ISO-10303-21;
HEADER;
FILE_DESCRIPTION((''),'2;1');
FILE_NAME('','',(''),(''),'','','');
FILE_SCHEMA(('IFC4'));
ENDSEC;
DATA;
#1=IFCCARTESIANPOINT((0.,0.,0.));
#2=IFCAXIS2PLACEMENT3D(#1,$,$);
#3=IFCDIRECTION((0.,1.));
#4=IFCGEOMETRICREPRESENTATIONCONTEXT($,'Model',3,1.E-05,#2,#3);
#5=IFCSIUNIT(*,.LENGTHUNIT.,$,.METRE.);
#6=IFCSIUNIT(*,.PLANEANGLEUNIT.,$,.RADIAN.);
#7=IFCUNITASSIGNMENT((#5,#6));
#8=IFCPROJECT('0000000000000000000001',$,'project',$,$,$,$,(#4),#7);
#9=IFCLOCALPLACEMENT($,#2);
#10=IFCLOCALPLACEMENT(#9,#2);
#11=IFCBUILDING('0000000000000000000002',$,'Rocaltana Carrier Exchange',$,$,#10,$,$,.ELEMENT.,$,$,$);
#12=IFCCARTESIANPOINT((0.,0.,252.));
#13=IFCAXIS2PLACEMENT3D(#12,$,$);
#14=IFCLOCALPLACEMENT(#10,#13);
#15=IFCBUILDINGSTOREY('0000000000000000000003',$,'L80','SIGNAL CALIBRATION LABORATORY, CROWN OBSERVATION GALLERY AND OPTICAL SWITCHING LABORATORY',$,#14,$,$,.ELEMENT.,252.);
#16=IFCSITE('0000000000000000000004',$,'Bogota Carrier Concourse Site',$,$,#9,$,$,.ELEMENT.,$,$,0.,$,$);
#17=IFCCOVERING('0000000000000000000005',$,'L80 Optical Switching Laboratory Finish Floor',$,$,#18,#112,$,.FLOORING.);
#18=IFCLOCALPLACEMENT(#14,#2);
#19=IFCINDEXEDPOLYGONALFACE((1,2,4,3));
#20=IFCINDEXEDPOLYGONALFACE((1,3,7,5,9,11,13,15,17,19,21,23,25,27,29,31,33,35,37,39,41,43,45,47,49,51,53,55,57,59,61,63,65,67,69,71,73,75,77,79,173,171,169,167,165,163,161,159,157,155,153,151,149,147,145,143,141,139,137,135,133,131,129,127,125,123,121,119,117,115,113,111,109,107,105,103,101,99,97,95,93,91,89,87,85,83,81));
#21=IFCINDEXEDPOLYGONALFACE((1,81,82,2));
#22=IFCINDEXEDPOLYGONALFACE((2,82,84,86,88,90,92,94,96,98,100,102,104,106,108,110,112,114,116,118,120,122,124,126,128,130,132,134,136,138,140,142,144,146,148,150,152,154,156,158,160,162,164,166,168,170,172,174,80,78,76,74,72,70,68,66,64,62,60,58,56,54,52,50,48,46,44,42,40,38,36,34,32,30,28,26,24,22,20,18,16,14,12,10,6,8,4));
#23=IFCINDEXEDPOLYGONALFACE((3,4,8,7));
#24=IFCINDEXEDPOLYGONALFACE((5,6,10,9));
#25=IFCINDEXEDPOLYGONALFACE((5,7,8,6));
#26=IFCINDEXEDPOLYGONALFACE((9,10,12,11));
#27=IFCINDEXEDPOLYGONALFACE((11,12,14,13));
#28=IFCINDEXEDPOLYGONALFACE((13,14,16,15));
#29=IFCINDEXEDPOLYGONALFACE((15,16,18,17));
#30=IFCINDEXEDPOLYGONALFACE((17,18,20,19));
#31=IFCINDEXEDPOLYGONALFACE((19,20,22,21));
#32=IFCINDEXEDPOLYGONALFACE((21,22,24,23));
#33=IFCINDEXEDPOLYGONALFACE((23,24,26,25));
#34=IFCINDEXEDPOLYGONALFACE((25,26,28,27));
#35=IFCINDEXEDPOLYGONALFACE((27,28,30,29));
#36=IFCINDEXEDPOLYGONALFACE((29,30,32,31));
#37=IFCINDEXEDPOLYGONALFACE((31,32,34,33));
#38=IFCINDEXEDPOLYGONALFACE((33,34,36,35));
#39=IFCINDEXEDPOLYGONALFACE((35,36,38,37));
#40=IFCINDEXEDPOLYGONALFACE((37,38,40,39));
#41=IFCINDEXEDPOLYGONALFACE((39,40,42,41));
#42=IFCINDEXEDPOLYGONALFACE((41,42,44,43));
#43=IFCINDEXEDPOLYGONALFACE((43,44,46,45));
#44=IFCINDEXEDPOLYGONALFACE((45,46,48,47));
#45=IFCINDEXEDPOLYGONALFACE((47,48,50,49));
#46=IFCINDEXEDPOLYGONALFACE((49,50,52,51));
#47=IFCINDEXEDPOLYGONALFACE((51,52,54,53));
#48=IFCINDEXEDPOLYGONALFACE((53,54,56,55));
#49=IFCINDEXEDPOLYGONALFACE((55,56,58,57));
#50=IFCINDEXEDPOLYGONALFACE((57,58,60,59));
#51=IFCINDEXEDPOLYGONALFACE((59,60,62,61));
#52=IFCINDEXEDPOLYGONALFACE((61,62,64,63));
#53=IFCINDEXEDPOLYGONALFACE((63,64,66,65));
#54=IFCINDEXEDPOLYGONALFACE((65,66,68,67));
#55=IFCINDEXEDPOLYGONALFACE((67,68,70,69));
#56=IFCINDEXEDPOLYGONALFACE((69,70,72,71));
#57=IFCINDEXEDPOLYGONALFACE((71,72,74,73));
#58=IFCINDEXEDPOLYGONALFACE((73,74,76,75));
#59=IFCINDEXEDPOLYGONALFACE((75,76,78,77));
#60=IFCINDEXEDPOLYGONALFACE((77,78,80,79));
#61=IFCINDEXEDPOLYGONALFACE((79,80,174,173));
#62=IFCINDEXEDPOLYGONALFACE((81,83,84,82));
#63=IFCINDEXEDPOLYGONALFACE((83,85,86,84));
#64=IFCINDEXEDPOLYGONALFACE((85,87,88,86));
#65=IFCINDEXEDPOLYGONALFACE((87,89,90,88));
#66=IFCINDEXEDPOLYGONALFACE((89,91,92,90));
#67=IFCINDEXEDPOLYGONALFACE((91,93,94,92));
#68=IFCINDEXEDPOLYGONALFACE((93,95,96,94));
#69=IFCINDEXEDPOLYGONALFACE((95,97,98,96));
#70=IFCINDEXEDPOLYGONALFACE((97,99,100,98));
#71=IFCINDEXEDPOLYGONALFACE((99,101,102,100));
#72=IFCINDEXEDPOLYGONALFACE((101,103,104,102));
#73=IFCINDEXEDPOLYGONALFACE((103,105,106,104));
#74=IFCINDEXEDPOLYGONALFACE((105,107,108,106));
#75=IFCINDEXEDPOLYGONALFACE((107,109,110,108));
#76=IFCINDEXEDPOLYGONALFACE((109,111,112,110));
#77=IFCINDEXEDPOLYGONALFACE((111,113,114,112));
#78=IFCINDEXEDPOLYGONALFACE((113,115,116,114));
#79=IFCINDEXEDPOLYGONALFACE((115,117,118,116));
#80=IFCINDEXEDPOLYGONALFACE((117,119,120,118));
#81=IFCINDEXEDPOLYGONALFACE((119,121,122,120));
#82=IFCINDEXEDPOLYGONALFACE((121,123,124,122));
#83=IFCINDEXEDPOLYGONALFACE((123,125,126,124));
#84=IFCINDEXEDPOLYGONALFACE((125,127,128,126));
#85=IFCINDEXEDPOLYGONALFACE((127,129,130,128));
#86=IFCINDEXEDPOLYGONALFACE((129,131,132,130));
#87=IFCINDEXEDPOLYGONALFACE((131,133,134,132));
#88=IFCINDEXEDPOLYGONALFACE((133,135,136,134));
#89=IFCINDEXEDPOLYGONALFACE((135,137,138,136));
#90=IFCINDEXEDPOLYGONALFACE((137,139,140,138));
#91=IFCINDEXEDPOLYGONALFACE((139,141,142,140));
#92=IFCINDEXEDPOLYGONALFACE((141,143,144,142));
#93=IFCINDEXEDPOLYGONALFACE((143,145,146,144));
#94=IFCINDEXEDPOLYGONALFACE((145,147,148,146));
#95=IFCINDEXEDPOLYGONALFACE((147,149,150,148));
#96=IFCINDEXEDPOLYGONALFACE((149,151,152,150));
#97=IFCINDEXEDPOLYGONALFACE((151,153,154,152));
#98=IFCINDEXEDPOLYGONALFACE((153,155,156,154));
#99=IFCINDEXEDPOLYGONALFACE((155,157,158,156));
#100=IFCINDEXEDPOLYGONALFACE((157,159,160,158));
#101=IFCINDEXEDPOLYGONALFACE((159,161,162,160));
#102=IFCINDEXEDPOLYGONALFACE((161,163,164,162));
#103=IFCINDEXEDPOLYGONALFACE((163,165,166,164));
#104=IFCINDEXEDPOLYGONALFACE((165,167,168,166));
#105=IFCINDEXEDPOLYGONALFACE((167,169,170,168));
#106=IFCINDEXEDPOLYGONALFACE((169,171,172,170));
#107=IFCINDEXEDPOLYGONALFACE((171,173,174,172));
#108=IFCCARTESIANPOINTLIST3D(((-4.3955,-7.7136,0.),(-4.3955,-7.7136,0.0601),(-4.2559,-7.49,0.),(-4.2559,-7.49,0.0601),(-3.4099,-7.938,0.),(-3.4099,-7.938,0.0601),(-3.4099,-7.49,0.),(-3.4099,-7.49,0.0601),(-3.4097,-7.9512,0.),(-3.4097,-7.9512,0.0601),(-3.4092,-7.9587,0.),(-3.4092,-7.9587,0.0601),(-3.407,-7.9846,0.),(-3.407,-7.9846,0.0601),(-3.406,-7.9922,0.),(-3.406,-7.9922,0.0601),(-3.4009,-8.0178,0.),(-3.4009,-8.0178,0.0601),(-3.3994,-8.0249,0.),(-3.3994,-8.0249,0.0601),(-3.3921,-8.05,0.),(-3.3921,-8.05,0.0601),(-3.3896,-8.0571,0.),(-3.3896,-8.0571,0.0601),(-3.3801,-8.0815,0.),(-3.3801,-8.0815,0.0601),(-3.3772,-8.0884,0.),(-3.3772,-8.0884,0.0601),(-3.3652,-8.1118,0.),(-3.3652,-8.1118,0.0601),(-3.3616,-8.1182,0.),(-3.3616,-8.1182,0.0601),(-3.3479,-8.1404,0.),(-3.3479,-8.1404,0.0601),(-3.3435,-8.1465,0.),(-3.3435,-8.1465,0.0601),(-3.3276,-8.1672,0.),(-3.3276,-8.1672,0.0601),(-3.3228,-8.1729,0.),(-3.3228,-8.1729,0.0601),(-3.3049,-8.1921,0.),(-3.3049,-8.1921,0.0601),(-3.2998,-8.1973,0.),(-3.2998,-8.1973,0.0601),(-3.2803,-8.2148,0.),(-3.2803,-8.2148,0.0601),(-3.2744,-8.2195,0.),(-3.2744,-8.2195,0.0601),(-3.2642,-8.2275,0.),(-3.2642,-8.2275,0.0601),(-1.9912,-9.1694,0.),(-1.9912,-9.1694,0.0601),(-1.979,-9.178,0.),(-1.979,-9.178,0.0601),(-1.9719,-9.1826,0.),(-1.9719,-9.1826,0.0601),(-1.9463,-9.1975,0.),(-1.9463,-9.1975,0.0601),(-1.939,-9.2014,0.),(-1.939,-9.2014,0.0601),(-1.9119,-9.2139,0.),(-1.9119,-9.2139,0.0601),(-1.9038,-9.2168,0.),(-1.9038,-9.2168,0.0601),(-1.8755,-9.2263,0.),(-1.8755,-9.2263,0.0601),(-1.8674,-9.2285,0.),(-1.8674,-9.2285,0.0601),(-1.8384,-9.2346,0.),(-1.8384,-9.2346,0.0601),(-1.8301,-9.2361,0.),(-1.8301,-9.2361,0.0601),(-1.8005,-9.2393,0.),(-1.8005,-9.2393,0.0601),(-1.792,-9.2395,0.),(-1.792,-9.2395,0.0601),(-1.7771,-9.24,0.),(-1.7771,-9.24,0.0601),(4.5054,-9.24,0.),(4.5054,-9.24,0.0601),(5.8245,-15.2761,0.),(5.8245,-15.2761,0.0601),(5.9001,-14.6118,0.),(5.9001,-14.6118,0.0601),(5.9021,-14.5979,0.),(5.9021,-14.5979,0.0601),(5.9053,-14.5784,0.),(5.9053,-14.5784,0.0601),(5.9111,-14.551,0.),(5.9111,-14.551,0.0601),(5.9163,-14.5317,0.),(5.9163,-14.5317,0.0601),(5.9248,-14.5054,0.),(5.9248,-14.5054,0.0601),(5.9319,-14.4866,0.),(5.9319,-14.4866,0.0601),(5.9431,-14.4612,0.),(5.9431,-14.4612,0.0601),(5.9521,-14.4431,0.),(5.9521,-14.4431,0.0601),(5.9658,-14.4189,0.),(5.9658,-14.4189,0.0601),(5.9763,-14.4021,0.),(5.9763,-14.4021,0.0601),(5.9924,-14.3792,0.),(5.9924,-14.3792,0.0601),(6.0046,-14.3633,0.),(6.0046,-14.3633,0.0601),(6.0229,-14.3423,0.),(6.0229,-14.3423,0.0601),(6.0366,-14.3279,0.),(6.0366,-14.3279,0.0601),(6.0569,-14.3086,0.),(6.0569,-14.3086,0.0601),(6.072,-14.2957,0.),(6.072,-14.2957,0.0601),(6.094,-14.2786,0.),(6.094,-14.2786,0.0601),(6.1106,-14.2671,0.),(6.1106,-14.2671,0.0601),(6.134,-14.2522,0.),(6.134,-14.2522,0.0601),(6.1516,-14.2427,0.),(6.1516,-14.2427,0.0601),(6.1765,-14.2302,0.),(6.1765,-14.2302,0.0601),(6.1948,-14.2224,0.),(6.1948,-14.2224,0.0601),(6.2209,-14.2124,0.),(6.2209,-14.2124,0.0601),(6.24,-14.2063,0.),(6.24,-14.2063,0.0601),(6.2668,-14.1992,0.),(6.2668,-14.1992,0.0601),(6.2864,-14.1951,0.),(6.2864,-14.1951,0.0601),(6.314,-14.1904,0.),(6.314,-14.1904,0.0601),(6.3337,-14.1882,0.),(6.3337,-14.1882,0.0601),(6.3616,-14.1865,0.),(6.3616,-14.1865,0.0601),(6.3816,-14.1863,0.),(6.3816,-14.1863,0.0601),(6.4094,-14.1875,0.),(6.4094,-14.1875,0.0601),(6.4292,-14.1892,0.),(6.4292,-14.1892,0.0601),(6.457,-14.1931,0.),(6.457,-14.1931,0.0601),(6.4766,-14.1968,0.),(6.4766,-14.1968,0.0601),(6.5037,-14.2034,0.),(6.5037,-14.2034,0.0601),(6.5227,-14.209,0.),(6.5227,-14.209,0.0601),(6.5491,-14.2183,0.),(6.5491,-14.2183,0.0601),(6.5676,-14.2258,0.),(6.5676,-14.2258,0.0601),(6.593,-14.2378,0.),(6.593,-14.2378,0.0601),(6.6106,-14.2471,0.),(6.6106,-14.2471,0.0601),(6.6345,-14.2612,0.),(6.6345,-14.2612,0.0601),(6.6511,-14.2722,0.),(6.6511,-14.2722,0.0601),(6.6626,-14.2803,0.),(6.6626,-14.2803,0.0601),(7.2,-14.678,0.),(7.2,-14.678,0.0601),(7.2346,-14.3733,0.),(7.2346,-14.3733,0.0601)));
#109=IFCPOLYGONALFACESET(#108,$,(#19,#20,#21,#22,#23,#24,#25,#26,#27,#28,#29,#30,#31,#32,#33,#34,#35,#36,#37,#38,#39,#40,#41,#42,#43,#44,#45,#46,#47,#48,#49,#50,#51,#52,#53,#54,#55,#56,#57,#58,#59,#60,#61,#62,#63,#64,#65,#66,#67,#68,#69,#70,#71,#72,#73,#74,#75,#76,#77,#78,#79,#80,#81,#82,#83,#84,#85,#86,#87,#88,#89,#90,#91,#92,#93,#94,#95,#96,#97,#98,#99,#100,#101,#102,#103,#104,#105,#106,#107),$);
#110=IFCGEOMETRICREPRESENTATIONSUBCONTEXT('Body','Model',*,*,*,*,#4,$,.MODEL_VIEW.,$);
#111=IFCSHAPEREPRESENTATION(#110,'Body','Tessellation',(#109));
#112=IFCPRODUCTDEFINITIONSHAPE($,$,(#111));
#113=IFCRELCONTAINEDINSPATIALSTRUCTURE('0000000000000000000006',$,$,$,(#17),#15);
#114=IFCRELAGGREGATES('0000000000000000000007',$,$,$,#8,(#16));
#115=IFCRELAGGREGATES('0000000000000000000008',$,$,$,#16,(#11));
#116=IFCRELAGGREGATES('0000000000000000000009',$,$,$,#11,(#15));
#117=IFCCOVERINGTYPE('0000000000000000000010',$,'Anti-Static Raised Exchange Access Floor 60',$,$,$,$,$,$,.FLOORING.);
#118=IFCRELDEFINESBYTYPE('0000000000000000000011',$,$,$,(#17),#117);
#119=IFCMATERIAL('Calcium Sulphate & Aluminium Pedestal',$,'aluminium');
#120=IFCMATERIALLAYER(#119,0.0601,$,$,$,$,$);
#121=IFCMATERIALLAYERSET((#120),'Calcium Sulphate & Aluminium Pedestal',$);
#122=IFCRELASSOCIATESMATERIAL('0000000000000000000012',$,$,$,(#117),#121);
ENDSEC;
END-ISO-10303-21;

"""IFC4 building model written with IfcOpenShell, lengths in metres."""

from ifc_helpers import new_model, si_unit, direction, frame, origin, place, context, subcontext, project, spatial, polyline, outline, extrude, material, layer, layer_set, type_object, element, save


model = new_model("IFC4")

# Units and contexts
model_context = context("Model", 3, precision=1e-05, world=origin(), true_north=direction((0.0, 1.0)))
body_context = subcontext(model_context, "Body", "Model", "MODEL_VIEW")
ifc_project = project(units=[si_unit("LENGTHUNIT", "METRE"), si_unit("PLANEANGLEUNIT", "RADIAN")], contexts=[model_context])

# Site, building, storey
site_placement = place(None, origin())
site = spatial("IfcSite", under=ifc_project, at=site_placement, Name="Bogota Carrier Concourse Site", CompositionType="ELEMENT", RefElevation=0.0)
building_placement = place(site_placement, origin())
building = spatial("IfcBuilding", under=site, at=building_placement, Name="Rocaltana Carrier Exchange", CompositionType="ELEMENT")
storey_placement = place(building_placement, frame((0.0, 0.0, 252.0)))
storey = spatial("IfcBuildingStorey", under=building, at=storey_placement, Name="L80", Description="SIGNAL CALIBRATION LABORATORY, CROWN OBSERVATION GALLERY AND OPTICAL SWITCHING LABORATORY", CompositionType="ELEMENT", Elevation=252.0)

# Covering
ifc_material_1 = material(Name="Calcium Sulphate & Aluminium Pedestal", Category="aluminium")
ifc_layer_1 = layer(ifc_material_1, 0.0601)
ifc_layer_set_1 = layer_set([ifc_layer_1], Name="Calcium Sulphate & Aluminium Pedestal")
covering_type_1 = type_object("IfcCoveringType", Name="Anti-Static Raised Exchange Access Floor 60", PredefinedType="FLOORING", material=ifc_layer_set_1)
covering_1_placement = place(storey_placement, origin())
element("IfcCovering", 1, at=covering_1_placement, inside=storey, type_object=covering_type_1, Name="L80 Optical Switching Laboratory Finish Floor", PredefinedType="FLOORING", context=body_context, shape_type="SweptSolid", body=[
    extrude(outline(polyline([(-3.4099, -7.49), (-3.4099, -7.938), (-3.4097, -7.9512), (-3.4092, -7.9587), (-3.407, -7.9846), (-3.406, -7.9922), (-3.4009, -8.0178), (-3.3994, -8.0249), (-3.3921, -8.05), (-3.3896, -8.0571), (-3.3801, -8.0815), (-3.3772, -8.0884), (-3.3652, -8.1118), (-3.3616, -8.1182), (-3.3479, -8.1404), (-3.3435, -8.1465), (-3.3276, -8.1672), (-3.3228, -8.1729), (-3.3049, -8.1921), (-3.2998, -8.1973), (-3.2803, -8.2148), (-3.2744, -8.2195), (-3.2642, -8.2275), (-1.9912, -9.1694), (-1.979, -9.178), (-1.9719, -9.1826), (-1.9463, -9.1975), (-1.939, -9.2014), (-1.9119, -9.2139), (-1.9038, -9.2168), (-1.8755, -9.2263), (-1.8674, -9.2285), (-1.8384, -9.2346), (-1.8301, -9.2361), (-1.8005, -9.2393), (-1.792, -9.2395), (-1.7771, -9.24), (4.5054, -9.24), (7.2346, -14.3733), (7.2, -14.678), (6.6626, -14.2803), (6.6511, -14.2722), (6.6345, -14.2612), (6.6106, -14.2471), (6.593, -14.2378), (6.5676, -14.2258), (6.5491, -14.2183), (6.5227, -14.209), (6.5037, -14.2034), (6.4766, -14.1968), (6.457, -14.1931), (6.4292, -14.1892), (6.4094, -14.1875), (6.3816, -14.1863), (6.3616, -14.1865), (6.3337, -14.1882), (6.314, -14.1904), (6.2864, -14.1951), (6.2668, -14.1992), (6.24, -14.2063), (6.2209, -14.2124), (6.1948, -14.2224), (6.1765, -14.2302), (6.1516, -14.2427), (6.134, -14.2522), (6.1106, -14.2671), (6.094, -14.2786), (6.072, -14.2957), (6.0569, -14.3086), (6.0366, -14.3279), (6.0229, -14.3423), (6.0046, -14.3633), (5.9924, -14.3792), (5.9763, -14.4021), (5.9658, -14.4189), (5.9521, -14.4431), (5.9431, -14.4612), (5.9319, -14.4866), (5.9248, -14.5054), (5.9163, -14.5317), (5.9111, -14.551), (5.9053, -14.5784), (5.9021, -14.5979), (5.9001, -14.6118), (5.8245, -15.2761), (-4.3955, -7.7136), (-4.2559, -7.49), (-3.4099, -7.49)])), origin(), (0.0, 0.0, 1.0), 0.0601),
])

save(model, "model.ifc")
